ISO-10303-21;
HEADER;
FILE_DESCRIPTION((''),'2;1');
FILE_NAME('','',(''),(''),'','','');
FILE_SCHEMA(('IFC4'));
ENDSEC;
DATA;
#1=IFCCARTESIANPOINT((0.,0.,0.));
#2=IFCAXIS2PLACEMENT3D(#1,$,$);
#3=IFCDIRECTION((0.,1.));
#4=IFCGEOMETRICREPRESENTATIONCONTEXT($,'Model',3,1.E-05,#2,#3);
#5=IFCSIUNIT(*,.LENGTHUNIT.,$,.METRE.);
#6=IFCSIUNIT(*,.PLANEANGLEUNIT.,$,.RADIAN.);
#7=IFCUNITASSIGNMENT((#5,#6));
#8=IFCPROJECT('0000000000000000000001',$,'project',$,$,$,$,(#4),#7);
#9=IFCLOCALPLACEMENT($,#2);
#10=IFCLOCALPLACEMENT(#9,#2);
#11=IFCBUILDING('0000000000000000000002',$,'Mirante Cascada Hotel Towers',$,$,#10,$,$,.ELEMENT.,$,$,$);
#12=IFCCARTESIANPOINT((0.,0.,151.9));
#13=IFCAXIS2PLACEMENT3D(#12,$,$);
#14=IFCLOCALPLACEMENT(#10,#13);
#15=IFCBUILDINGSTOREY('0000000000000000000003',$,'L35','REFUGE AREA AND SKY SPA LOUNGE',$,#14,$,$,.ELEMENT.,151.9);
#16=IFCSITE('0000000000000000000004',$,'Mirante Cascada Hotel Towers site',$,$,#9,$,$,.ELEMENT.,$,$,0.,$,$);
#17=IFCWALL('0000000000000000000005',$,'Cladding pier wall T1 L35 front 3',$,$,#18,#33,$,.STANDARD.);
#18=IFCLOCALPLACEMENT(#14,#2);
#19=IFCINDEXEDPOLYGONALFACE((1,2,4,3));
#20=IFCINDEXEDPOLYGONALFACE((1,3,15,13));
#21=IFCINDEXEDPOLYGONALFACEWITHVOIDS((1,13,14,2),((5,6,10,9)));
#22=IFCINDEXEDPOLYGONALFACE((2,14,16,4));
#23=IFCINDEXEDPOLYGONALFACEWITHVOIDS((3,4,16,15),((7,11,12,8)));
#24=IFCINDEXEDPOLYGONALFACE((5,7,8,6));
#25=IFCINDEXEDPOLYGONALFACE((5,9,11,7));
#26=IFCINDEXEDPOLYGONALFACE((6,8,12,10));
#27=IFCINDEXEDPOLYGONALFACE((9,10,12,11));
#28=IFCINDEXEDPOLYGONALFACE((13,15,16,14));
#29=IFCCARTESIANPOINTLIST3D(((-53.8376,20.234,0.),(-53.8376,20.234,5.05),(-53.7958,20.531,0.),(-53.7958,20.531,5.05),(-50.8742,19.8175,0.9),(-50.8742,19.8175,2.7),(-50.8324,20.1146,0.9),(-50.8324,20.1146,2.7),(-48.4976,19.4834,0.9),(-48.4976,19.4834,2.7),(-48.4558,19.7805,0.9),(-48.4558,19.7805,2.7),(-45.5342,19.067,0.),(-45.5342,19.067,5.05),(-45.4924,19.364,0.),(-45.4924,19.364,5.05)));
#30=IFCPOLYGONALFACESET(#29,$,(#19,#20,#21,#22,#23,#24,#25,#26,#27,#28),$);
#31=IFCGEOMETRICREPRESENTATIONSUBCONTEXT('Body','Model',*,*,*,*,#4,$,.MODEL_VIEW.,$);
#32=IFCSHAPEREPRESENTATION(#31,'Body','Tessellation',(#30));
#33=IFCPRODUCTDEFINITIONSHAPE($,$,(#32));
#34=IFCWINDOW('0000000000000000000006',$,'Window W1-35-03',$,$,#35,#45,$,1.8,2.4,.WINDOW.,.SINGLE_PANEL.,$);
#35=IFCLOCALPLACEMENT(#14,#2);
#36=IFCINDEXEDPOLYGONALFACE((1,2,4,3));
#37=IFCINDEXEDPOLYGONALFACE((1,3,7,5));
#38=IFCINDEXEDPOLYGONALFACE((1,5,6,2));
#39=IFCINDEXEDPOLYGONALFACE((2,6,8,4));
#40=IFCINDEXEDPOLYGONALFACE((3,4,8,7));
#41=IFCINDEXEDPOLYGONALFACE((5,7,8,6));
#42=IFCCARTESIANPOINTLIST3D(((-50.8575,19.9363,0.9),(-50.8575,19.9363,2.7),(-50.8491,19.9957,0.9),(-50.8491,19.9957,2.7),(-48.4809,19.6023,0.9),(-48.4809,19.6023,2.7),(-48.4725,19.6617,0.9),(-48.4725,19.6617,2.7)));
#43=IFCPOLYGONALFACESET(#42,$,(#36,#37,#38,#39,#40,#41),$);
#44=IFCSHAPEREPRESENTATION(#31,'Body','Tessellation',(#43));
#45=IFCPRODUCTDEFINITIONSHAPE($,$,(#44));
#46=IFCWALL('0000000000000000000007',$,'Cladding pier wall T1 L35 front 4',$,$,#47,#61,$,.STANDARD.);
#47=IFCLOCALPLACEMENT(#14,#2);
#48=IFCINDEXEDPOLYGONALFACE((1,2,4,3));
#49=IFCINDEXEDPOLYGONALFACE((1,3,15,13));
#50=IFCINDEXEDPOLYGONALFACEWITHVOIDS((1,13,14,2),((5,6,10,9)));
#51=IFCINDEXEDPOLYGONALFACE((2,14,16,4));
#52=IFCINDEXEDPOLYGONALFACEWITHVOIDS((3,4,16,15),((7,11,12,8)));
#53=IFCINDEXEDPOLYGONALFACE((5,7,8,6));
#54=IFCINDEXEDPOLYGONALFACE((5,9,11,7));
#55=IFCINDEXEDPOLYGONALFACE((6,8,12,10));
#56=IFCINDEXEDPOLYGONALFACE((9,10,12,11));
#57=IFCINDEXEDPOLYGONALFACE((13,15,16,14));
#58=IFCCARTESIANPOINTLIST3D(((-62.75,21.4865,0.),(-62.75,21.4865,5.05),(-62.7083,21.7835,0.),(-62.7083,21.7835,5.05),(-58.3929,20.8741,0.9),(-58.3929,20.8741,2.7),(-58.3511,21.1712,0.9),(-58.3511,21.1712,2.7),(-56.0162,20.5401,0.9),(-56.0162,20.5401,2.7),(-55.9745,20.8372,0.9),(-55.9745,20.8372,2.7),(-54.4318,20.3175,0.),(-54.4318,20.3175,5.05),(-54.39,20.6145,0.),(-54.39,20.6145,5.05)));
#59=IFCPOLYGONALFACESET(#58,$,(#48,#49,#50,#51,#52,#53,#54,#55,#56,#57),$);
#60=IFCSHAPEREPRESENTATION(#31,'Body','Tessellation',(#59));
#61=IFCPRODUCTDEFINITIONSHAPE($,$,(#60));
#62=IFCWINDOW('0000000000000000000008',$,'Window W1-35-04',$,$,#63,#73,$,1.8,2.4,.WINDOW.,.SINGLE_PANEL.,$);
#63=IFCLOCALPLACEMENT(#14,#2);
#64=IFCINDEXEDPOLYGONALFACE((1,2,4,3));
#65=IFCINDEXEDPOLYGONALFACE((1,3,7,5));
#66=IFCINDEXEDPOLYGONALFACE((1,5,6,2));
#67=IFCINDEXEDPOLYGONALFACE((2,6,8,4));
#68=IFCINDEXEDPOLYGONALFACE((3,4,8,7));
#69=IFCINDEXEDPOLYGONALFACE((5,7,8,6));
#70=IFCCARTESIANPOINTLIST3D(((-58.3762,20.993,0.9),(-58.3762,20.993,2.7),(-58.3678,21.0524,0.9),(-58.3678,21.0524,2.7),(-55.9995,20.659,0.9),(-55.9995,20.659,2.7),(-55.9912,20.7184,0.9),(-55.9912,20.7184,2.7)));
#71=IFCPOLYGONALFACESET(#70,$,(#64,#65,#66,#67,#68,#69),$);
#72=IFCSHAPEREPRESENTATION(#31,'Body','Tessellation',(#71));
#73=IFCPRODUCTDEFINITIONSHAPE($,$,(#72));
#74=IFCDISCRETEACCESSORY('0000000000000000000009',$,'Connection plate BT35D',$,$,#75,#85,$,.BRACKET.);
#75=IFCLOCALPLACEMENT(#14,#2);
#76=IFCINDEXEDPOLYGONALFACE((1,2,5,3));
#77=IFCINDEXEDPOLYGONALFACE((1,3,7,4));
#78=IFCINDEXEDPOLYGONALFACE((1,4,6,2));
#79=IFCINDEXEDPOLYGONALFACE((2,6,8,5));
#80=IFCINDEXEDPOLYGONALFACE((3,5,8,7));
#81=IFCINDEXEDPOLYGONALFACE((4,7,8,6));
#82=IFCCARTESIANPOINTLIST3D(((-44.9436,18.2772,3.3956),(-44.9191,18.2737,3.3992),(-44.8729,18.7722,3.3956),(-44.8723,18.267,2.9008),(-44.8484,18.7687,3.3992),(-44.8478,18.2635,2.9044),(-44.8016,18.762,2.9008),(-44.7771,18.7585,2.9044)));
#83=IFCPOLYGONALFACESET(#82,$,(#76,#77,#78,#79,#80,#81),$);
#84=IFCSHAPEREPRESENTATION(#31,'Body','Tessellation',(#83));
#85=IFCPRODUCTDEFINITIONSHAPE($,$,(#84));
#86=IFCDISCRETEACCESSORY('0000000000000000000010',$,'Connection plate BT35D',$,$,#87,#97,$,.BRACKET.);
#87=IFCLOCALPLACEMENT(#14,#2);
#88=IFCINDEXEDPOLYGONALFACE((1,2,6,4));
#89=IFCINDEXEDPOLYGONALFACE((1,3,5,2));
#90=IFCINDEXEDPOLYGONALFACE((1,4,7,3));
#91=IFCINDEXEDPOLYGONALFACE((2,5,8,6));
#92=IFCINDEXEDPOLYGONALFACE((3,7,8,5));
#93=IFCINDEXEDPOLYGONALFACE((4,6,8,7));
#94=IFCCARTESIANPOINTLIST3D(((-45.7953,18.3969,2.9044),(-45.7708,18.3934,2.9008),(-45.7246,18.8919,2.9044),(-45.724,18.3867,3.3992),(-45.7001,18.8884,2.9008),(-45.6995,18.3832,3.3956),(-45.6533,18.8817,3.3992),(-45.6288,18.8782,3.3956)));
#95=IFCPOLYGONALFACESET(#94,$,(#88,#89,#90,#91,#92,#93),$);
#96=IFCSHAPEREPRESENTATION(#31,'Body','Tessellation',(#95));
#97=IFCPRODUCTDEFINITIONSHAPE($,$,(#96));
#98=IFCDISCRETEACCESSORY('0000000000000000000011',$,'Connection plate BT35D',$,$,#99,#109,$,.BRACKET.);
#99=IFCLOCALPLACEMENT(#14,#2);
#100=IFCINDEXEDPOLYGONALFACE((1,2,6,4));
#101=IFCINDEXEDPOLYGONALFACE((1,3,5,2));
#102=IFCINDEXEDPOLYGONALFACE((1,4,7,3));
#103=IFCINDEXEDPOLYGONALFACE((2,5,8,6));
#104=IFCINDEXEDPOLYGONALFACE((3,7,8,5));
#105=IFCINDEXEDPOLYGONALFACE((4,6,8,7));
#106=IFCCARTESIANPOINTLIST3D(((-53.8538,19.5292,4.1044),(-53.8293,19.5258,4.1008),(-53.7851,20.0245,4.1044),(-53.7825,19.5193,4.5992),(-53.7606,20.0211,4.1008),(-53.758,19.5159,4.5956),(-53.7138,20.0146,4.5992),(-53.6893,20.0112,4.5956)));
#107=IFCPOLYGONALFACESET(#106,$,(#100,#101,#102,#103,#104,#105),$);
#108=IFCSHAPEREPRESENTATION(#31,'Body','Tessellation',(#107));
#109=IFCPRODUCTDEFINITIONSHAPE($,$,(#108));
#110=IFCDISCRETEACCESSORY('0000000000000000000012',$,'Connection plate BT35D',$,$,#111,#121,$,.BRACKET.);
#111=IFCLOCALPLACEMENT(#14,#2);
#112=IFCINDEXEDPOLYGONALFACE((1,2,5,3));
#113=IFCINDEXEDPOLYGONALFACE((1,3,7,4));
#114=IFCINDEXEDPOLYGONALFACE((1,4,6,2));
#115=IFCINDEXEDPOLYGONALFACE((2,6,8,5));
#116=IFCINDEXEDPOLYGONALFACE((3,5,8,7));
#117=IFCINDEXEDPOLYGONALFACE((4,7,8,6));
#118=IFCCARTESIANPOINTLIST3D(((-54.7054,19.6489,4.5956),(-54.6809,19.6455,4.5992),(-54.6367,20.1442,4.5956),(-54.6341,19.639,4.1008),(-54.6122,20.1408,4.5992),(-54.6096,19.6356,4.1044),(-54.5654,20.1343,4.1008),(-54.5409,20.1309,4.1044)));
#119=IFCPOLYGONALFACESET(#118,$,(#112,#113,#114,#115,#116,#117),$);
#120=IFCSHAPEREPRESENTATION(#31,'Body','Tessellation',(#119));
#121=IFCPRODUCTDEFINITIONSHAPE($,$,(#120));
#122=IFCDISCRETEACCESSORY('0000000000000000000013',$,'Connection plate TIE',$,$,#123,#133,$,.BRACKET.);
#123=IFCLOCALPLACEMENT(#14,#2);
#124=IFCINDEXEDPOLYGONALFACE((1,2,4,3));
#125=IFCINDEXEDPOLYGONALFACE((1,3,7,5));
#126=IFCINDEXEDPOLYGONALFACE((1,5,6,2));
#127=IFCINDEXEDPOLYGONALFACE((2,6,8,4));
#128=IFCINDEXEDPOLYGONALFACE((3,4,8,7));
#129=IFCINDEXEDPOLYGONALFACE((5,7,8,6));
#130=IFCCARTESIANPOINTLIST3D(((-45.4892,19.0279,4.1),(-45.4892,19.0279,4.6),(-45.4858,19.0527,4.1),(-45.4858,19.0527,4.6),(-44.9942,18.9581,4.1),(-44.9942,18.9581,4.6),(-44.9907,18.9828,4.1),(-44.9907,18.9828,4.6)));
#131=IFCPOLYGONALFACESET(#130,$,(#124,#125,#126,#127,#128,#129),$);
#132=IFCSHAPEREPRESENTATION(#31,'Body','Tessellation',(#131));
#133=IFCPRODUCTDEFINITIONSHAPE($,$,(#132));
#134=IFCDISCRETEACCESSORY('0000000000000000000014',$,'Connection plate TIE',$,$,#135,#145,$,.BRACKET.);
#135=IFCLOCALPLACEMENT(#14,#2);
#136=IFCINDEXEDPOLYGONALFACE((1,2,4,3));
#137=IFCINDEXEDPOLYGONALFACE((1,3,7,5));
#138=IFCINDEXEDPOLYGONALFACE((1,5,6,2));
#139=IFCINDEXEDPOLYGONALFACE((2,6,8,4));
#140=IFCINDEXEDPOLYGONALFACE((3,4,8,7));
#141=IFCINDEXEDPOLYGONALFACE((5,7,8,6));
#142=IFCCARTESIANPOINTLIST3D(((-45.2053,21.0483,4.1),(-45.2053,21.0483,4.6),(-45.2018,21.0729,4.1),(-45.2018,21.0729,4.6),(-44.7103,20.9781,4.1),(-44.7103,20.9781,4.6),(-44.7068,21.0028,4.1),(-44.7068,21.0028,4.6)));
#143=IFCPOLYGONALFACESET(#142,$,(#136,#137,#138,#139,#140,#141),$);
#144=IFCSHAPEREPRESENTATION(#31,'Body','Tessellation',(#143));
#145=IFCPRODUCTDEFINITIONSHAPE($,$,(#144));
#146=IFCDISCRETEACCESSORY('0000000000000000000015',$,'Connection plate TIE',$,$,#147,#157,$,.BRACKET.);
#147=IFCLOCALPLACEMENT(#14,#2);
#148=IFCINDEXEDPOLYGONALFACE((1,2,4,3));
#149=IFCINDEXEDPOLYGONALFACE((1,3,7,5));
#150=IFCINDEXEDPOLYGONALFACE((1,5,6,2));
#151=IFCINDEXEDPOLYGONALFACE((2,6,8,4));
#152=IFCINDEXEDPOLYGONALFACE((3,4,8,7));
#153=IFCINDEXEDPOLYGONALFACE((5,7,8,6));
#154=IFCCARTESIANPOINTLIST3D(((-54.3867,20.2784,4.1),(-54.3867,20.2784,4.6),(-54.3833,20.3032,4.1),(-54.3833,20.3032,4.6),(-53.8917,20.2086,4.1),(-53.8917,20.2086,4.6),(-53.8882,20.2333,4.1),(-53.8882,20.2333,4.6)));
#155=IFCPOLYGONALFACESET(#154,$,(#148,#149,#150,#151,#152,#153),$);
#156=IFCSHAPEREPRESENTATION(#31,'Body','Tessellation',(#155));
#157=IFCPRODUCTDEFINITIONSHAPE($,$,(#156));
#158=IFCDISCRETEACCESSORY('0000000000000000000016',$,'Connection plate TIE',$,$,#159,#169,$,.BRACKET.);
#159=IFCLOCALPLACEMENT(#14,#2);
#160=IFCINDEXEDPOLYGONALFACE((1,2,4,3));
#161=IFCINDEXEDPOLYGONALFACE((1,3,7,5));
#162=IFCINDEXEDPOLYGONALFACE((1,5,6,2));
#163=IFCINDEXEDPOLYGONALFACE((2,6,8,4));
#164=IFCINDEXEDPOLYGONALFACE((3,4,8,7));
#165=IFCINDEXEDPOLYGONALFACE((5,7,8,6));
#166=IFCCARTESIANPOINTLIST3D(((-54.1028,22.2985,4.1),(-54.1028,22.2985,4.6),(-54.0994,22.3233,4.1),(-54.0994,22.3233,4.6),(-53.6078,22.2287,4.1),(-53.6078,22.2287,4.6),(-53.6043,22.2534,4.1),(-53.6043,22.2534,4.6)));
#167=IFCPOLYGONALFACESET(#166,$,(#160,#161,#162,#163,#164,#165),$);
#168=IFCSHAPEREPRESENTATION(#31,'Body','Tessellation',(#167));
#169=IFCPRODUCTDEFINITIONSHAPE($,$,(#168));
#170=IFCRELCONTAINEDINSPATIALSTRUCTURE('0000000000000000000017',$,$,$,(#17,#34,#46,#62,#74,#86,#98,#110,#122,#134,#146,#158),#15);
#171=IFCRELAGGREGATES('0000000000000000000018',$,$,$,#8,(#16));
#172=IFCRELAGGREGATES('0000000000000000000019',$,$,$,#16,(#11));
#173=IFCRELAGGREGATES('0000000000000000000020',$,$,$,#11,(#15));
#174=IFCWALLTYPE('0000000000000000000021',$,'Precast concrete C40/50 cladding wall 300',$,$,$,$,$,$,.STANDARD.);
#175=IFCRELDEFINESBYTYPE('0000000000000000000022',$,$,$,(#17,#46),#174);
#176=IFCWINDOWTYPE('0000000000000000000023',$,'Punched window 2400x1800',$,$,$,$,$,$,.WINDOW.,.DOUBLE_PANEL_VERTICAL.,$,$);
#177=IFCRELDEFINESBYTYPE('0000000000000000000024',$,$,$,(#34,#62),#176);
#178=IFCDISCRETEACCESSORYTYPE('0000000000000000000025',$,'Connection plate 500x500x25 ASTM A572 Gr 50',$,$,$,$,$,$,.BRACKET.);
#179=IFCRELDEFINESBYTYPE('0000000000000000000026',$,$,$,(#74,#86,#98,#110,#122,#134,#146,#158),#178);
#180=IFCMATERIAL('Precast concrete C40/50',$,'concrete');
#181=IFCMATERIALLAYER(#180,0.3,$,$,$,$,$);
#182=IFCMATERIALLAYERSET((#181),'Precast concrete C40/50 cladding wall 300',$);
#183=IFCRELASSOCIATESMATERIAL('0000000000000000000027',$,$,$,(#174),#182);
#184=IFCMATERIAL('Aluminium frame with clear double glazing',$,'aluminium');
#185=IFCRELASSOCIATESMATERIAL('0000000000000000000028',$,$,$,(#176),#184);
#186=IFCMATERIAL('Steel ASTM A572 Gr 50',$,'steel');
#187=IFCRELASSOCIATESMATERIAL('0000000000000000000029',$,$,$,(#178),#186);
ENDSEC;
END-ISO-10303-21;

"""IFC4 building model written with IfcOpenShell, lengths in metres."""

from ifc_helpers import new_model, si_unit, direction, frame, frame_2d, origin, origin_2d, place, context, subcontext, project, spatial, rectangle, extrude, material, layer, layer_set, material_profile, profile_set, type_object, element, fill, save


model = new_model("IFC4")

# Units and contexts
model_context = context("Model", 3, precision=1e-05, world=origin(), true_north=direction((0.0, 1.0)))
body_context = subcontext(model_context, "Body", "Model", "MODEL_VIEW")
ifc_project = project(units=[si_unit("LENGTHUNIT", "METRE"), si_unit("PLANEANGLEUNIT", "RADIAN")], contexts=[model_context])

# Site, building, storey
site_placement = place(None, origin())
site = spatial("IfcSite", under=ifc_project, at=site_placement, Name="Mirante Cascada Hotel Towers site", CompositionType="ELEMENT", RefElevation=0.0)
building_placement = place(site_placement, origin())
building = spatial("IfcBuilding", under=site, at=building_placement, Name="Mirante Cascada Hotel Towers", CompositionType="ELEMENT")
storey_placement = place(building_placement, frame((0.0, 0.0, 151.9)))
storey = spatial("IfcBuildingStorey", under=building, at=storey_placement, Name="L35", Description="REFUGE AREA AND SKY SPA LOUNGE", CompositionType="ELEMENT", Elevation=151.9)

# Walls, openings, windows
ifc_material_1 = material(Name="Precast concrete C40/50", Category="concrete")
ifc_layer = layer(ifc_material_1, 0.3)
ifc_layer_set = layer_set([ifc_layer], Name="Precast concrete C40/50 cladding wall 300")
wall_type = type_object("IfcWallType", Name="Precast concrete C40/50 cladding wall 300", PredefinedType="STANDARD", material=ifc_layer_set)
wall_1_placement = place(storey_placement, frame((-45.5133, 19.2155, 0.0), z_axis=(0.0, 0.0, 1.0), x_axis=(-0.990267, 0.139177, 0.0)))
wall_1 = element("IfcWall", 1, at=wall_1_placement, inside=storey, type_object=wall_type, Name="Cladding pier wall T1 L35 front 3", PredefinedType="STANDARD", context=body_context, shape_type="SweptSolid", body=[
    extrude(rectangle(XDim=8.385, YDim=0.3, at=frame_2d((4.1925, 0.0))), origin(), (0.0, 0.0, 1.0), 5.05),
])
opening_1_placement = place(wall_1_placement, frame((2.9925, 0.0, 0.9)))
opening_1 = element("IfcOpeningElement", 2, at=opening_1_placement, cuts=wall_1, PredefinedType="OPENING", context=body_context, shape_type="SweptSolid", body=[
    extrude(rectangle(XDim=2.4, YDim=1.8, at=frame_2d((1.2, 0.9))), frame((0.0, 0.15, 0.0), z_axis=(0.0, -1.0, 0.0), x_axis=(1.0, 0.0, 0.0)), (0.0, 0.0, 1.0), 0.3),
])
ifc_material_2 = material(Name="Aluminium frame with clear double glazing", Category="aluminium")
window_type = type_object("IfcWindowType", Name="Punched window 2400x1800", PartitioningType="DOUBLE_PANEL_VERTICAL", PredefinedType="WINDOW", material=ifc_material_2)
window_1_placement = place(opening_1_placement, origin())
window_1 = element("IfcWindow", 3, at=window_1_placement, inside=storey, type_object=window_type, Name="Window W1-35-03", OverallHeight=1.8, OverallWidth=2.4, PartitioningType="SINGLE_PANEL", PredefinedType="WINDOW", context=body_context, shape_type="SweptSolid", body=[
    extrude(rectangle(XDim=2.4, YDim=1.8, at=frame_2d((1.2, 0.9))), frame((0.0, 0.03, 0.0), z_axis=(0.0, -1.0, 0.0), x_axis=(1.0, 0.0, 0.0)), (0.0, 0.0, 1.0), 0.06),
])
fill(opening_1, window_1)
wall_2_placement = place(storey_placement, frame((-54.4109, 20.466, 0.0), z_axis=(0.0, 0.0, 1.0), x_axis=(-0.990269, 0.139166, 0.0)))
wall_2 = element("IfcWall", 4, at=wall_2_placement, inside=storey, type_object=wall_type, Name="Cladding pier wall T1 L35 front 4", PredefinedType="STANDARD", context=body_context, shape_type="SweptSolid", body=[
    extrude(rectangle(XDim=8.4, YDim=0.3, at=frame_2d((4.2, 0.0))), origin(), (0.0, 0.0, 1.0), 5.05),
])
opening_2_placement = place(wall_2_placement, frame((1.6, 0.0, 0.9)))
opening_2 = element("IfcOpeningElement", 5, at=opening_2_placement, cuts=wall_2, PredefinedType="OPENING", context=body_context, shape_type="SweptSolid", body=[
    extrude(rectangle(XDim=2.4, YDim=1.8, at=frame_2d((1.2, 0.9))), frame((0.0, 0.15, 0.0), z_axis=(0.0, -1.0, 0.0), x_axis=(1.0, 0.0, 0.0)), (0.0, 0.0, 1.0), 0.3),
])
window_2_placement = place(opening_2_placement, origin())
window_2 = element("IfcWindow", 6, at=window_2_placement, inside=storey, type_object=window_type, Name="Window W1-35-04", OverallHeight=1.8, OverallWidth=2.4, PartitioningType="SINGLE_PANEL", PredefinedType="WINDOW", context=body_context, shape_type="SweptSolid", body=[
    extrude(rectangle(XDim=2.4, YDim=1.8, at=frame_2d((1.2, 0.9))), frame((0.0, 0.03, 0.0), z_axis=(0.0, -1.0, 0.0), x_axis=(1.0, 0.0, 0.0)), (0.0, 0.0, 1.0), 0.06),
])
fill(opening_2, window_2)

# Discrete accessories
ifc_material_3 = material(Name="Steel ASTM A572 Gr 50", Category="steel")
ifc_material_profile_1 = material_profile(ifc_material_3, rectangle(XDim=0.5, YDim=0.5, at=origin_2d()), Name="Connection plate 500x500x25 ASTM A572 Gr 50")
ifc_profile_set_1 = profile_set([ifc_material_profile_1], Name="Steel ASTM A572 Gr 50")
discrete_accessory_type = type_object("IfcDiscreteAccessoryType", Name="Connection plate 500x500x25 ASTM A572 Gr 50", PredefinedType="BRACKET", material=ifc_profile_set_1)
for number, where, z_axis, x_axis, name in (
    (7, (-44.8481, 18.5161, 3.1518), (-0.97964, 0.139949, -0.143947), (-0.141421, -0.98995, 0.0), "Connection plate BT35D"),
    (8, (-45.6998, 18.6358, 3.1482), (-0.97964, 0.139949, 0.143947), (-0.141421, -0.98995, 0.0), "Connection plate BT35D"),
    (9, (-53.7593, 19.7685, 4.3482), (-0.98018, 0.136025, 0.144027), (-0.137458, -0.990508, 0.0), "Connection plate BT35D"),
    (10, (-54.6109, 19.8882, 4.3518), (-0.98018, 0.136025, -0.144027), (-0.137458, -0.990508, 0.0), "Connection plate BT35D"),
    (11, (-45.2417, 18.993, 4.35), (0.139744, 0.990188, 0.0), (-0.990188, 0.139744, 0.0), "Connection plate TIE"),
):
    element("IfcDiscreteAccessory", number, at=place(storey_placement, frame(where, z_axis=z_axis, x_axis=x_axis)), inside=storey, type_object=discrete_accessory_type, Name=name, PredefinedType="BRACKET", context=body_context, shape_type="SweptSolid", body=[
        extrude(rectangle(XDim=0.5, YDim=0.5, at=origin_2d()), origin(), (0.0, 0.0, 1.0), 0.025),
    ])
discrete_accessory_placement = place(storey_placement, frame((-44.9578, 21.0132, 4.35), z_axis=(0.140299, 0.990109, 0.0), x_axis=(-0.990109, 0.140299, 0.0)))
element("IfcDiscreteAccessory", 12, at=discrete_accessory_placement, inside=storey, type_object=discrete_accessory_type, Name="Connection plate TIE", PredefinedType="BRACKET", context=body_context, shape_type="SweptSolid", body=[
    extrude(rectangle(XDim=0.5, YDim=0.5, at=origin_2d()), origin(), (0.0, 0.0, 1.0), 0.0249),
])
for number, where, z_axis, x_axis, name in (
    (13, (-54.1392, 20.2435, 4.35), (0.139744, 0.990188, 0.0), (-0.990188, 0.139744, 0.0), "Connection plate TIE"),
    (14, (-53.8553, 22.2636, 4.35), (0.139744, 0.990188, 0.0), (-0.990188, 0.139744, 0.0), "Connection plate TIE"),
):
    element("IfcDiscreteAccessory", number, at=place(storey_placement, frame(where, z_axis=z_axis, x_axis=x_axis)), inside=storey, type_object=discrete_accessory_type, Name=name, PredefinedType="BRACKET", context=body_context, shape_type="SweptSolid", body=[
        extrude(rectangle(XDim=0.5, YDim=0.5, at=origin_2d()), origin(), (0.0, 0.0, 1.0), 0.025),
    ])

save(model, "model.ifc")
